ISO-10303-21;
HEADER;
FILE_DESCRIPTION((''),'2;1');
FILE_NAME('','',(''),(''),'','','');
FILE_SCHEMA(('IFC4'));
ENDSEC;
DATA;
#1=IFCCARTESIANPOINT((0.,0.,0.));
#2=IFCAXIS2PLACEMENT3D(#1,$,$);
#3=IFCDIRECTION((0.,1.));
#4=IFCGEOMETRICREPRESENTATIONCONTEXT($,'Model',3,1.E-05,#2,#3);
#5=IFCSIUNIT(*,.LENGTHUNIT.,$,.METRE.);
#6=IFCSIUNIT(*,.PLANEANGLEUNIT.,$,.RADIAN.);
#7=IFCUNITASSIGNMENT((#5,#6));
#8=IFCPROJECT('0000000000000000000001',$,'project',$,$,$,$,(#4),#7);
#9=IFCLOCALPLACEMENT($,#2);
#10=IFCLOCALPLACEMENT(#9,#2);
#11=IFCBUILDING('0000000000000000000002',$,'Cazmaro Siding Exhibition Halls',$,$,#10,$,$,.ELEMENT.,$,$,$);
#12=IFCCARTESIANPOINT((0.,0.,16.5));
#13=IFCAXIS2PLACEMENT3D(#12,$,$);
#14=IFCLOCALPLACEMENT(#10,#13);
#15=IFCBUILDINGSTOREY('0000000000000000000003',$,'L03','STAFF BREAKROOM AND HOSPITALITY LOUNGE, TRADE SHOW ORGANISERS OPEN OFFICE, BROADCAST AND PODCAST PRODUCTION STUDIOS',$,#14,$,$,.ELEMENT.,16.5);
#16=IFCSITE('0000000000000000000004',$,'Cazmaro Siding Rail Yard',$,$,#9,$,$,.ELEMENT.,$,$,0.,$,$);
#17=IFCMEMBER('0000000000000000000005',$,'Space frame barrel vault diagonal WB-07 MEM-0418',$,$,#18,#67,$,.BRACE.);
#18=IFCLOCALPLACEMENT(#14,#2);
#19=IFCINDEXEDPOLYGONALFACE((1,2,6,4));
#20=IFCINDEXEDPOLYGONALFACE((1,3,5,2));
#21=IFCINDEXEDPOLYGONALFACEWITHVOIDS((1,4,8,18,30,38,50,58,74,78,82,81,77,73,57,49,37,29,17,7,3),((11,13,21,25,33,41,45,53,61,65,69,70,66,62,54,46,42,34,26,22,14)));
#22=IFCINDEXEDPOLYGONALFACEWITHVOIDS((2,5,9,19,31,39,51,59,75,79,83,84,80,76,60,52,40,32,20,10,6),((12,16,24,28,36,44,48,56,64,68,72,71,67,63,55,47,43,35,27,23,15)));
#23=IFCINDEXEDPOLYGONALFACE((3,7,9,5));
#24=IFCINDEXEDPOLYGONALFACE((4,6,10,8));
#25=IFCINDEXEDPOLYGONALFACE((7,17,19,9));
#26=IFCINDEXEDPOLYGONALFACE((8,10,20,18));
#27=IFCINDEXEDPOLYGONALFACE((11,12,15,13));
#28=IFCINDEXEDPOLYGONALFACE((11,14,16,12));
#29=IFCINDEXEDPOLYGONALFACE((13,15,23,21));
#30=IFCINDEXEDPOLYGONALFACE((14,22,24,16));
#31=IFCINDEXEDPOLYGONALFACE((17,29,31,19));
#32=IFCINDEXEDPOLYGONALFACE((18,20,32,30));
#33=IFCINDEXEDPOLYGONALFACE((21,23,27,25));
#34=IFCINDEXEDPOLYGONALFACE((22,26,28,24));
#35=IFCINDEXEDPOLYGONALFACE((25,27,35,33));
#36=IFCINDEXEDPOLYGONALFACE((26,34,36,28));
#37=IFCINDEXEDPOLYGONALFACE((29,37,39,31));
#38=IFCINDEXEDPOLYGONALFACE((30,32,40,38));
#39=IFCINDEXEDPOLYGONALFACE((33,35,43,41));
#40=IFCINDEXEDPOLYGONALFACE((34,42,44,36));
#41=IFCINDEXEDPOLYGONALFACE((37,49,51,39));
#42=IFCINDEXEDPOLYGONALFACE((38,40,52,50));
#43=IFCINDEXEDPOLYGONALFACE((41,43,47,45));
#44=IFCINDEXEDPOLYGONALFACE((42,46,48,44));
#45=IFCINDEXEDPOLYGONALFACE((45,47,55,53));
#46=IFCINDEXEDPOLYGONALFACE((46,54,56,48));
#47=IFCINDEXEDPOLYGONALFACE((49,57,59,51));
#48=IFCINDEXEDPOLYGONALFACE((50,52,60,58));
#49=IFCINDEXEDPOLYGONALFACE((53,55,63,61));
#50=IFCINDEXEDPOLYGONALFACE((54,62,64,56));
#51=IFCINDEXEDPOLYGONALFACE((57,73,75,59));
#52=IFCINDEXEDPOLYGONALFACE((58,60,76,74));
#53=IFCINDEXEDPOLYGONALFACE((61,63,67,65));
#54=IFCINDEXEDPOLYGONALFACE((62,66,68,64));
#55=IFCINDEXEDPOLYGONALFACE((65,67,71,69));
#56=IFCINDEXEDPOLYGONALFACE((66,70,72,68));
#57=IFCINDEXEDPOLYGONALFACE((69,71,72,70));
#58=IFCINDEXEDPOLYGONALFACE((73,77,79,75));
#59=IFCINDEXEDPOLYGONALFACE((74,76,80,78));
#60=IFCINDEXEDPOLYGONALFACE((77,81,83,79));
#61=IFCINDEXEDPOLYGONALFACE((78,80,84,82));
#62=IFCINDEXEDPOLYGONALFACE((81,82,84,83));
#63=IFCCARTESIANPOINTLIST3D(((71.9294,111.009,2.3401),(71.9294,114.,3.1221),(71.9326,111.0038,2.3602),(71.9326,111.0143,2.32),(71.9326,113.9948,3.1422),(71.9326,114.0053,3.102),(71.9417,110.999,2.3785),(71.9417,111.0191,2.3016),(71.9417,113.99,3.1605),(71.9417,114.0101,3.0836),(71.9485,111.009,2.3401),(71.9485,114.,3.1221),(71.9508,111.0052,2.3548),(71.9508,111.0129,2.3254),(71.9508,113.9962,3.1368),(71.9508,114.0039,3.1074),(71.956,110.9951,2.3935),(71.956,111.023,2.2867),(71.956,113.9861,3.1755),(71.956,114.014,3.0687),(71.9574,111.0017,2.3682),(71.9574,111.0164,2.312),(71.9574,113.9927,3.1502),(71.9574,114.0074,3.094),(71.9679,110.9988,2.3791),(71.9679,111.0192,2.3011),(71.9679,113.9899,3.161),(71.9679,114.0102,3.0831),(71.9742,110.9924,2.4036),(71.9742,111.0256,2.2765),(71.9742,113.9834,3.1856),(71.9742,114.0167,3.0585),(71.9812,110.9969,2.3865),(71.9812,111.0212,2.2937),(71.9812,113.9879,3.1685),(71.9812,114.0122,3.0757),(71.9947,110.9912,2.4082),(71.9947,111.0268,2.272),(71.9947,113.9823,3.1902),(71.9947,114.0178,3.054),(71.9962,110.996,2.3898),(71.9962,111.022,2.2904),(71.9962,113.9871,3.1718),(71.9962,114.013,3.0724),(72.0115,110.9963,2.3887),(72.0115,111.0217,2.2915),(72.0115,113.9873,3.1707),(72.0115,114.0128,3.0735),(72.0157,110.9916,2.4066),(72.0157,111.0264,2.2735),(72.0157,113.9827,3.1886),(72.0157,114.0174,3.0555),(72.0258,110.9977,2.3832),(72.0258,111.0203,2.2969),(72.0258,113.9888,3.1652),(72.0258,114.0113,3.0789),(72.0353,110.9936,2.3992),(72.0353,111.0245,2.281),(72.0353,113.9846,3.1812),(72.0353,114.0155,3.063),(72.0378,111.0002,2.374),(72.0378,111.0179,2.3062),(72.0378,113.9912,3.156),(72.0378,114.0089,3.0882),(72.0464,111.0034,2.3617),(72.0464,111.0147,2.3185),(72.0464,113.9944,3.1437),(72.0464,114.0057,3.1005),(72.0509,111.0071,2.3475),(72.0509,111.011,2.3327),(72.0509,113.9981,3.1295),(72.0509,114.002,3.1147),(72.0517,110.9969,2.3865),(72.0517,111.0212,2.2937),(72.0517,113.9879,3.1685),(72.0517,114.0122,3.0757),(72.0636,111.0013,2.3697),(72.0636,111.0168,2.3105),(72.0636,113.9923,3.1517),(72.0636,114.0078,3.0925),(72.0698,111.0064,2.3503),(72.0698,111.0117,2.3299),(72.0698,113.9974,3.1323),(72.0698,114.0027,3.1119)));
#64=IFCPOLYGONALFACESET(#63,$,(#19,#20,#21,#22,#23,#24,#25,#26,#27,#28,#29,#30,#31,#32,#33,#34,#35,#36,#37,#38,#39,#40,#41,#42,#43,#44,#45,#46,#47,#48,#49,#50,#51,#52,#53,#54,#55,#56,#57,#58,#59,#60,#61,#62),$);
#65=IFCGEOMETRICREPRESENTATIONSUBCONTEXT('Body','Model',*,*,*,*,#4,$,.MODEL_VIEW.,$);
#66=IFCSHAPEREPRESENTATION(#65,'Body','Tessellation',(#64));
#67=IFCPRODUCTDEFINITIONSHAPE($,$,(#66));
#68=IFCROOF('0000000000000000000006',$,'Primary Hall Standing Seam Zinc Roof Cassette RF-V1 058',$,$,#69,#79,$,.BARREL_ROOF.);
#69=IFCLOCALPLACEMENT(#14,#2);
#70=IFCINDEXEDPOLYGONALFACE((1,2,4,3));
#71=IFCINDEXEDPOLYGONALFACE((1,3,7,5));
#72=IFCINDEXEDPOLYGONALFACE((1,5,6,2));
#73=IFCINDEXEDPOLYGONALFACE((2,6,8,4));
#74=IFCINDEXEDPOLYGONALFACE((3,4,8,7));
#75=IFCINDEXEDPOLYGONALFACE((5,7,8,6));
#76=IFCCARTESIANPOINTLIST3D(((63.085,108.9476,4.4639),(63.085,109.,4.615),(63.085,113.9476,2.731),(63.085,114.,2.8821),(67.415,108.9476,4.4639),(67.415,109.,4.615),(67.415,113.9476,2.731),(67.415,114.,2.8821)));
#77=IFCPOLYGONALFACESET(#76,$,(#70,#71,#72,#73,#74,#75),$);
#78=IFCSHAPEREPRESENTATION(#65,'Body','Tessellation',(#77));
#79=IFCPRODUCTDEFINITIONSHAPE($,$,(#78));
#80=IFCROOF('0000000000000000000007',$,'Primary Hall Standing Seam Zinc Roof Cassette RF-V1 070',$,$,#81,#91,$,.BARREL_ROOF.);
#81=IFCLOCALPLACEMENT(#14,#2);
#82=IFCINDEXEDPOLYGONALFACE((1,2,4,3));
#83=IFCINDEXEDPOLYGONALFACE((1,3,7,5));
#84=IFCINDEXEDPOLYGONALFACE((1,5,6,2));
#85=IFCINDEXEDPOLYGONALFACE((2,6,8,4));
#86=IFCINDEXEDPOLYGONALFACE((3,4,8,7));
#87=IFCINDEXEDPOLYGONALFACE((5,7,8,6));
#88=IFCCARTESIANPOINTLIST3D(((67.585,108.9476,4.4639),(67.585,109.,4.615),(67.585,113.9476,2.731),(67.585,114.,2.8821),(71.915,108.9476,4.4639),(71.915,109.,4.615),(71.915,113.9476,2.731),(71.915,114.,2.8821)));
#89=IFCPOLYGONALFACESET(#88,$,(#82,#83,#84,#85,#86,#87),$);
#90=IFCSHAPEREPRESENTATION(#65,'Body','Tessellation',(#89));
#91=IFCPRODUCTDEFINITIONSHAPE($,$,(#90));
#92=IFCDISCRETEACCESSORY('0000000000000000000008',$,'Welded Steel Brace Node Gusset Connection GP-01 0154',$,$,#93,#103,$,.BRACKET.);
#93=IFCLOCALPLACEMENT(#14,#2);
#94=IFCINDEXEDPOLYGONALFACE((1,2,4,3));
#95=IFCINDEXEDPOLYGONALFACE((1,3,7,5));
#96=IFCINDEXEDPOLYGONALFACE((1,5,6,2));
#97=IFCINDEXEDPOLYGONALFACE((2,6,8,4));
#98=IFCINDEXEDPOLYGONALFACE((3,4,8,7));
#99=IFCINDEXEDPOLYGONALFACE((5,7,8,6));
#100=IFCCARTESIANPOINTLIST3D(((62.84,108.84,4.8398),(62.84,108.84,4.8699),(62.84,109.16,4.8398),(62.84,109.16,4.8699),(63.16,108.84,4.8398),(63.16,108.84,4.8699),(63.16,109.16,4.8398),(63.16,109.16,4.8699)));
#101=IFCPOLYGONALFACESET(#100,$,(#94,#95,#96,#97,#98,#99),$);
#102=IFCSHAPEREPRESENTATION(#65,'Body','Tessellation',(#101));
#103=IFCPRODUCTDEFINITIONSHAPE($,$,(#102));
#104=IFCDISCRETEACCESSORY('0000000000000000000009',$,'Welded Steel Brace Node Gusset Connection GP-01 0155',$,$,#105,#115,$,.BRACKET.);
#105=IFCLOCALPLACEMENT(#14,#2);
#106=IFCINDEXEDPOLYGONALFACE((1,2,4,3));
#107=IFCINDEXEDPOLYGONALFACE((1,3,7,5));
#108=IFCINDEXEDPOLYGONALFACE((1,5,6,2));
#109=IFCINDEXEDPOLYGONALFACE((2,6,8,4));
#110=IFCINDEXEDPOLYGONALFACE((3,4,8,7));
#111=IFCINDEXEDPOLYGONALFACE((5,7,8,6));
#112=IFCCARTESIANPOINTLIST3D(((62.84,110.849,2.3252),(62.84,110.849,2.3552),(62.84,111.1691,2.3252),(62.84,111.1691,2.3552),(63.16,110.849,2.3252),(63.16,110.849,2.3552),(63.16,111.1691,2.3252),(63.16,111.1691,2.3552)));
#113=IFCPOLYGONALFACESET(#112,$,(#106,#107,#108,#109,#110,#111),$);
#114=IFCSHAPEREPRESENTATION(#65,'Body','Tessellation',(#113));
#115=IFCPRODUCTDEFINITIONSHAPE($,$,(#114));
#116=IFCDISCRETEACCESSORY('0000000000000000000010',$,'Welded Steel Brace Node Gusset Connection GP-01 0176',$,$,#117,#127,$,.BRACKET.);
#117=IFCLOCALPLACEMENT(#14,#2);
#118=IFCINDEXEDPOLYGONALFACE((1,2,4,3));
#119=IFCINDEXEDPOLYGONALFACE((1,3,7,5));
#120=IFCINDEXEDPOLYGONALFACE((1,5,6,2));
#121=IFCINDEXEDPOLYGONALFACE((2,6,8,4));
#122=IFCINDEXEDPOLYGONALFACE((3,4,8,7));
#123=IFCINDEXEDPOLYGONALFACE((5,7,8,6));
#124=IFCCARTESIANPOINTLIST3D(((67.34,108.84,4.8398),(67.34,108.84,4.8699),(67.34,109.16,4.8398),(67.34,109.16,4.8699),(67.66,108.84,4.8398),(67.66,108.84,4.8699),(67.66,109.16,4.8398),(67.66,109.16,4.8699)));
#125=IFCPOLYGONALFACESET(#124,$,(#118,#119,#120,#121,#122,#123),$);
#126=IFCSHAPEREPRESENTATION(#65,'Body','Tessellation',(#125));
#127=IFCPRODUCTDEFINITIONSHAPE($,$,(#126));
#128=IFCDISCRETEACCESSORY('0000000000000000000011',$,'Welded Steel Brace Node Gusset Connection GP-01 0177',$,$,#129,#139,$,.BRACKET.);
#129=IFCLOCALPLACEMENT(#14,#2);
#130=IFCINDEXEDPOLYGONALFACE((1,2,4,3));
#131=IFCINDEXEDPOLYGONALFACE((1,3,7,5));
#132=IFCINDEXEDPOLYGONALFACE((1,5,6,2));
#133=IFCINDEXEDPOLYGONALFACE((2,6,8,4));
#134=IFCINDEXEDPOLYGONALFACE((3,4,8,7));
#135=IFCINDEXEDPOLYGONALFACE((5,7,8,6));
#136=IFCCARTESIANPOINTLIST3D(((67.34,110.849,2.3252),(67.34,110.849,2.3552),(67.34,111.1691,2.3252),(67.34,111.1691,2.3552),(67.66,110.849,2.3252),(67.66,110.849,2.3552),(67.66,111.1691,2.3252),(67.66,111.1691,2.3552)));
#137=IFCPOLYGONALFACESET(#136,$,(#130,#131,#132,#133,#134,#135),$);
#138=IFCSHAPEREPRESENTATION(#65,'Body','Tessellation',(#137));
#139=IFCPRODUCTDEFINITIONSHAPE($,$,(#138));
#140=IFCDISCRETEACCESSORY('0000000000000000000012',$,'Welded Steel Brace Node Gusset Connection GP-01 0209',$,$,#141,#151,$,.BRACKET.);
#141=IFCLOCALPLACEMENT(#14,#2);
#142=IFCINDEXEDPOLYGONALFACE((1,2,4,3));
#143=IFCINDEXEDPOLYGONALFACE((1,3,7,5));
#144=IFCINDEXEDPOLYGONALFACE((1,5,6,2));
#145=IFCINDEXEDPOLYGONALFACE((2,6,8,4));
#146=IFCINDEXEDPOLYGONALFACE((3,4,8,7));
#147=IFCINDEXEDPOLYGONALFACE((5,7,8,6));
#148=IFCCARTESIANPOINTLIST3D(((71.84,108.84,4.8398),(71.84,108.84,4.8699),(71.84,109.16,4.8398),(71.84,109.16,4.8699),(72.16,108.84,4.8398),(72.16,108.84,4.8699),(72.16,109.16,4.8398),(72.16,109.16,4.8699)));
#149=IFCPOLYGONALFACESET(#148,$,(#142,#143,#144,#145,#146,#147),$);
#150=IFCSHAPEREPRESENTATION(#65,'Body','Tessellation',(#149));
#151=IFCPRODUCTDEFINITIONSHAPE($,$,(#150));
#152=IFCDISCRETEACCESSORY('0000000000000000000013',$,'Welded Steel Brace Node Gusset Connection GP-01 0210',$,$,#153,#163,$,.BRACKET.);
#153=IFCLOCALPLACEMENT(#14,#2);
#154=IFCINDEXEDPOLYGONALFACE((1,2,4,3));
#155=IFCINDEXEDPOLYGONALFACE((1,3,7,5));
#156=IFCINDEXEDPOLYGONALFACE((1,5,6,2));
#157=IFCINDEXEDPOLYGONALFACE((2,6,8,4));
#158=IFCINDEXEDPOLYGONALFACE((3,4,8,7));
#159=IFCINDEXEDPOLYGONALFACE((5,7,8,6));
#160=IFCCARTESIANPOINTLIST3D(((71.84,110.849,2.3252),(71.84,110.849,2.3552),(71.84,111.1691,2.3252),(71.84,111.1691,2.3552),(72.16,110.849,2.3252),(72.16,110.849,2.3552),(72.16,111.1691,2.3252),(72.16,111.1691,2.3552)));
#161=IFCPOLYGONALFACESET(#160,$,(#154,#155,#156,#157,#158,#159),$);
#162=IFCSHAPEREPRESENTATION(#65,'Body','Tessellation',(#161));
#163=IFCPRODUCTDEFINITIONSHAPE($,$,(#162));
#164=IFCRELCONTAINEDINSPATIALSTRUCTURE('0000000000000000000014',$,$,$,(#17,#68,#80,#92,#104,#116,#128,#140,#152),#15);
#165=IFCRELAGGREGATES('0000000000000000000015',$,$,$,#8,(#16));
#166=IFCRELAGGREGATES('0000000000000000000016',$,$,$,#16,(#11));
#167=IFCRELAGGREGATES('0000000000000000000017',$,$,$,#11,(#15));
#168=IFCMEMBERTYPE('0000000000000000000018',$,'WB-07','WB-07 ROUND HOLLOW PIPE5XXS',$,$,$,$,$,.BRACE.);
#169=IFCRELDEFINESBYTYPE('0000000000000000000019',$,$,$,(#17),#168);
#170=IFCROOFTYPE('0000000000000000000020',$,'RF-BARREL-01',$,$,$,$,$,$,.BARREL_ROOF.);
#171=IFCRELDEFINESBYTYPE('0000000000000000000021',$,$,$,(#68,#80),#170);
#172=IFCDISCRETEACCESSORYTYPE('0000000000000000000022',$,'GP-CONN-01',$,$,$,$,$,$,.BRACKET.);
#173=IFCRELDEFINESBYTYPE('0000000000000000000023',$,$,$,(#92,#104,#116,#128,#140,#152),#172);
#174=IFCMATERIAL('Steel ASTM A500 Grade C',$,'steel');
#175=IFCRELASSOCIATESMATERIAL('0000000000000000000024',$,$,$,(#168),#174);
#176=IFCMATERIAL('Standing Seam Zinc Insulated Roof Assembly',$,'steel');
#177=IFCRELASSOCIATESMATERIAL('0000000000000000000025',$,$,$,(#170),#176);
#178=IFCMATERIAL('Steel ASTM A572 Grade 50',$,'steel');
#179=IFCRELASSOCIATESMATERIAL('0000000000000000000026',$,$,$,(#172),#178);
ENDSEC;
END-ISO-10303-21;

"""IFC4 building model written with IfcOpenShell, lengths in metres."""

from ifc_helpers import new_model, si_unit, direction, frame, origin, origin_2d, place, context, subcontext, project, spatial, polyline, rectangle, hollow_circle, outline, extrude, material, material_profile, profile_set, type_object, element, save


model = new_model("IFC4")

# Units and contexts
model_context = context("Model", 3, precision=1e-05, world=origin(), true_north=direction((0.0, 1.0)))
body_context = subcontext(model_context, "Body", "Model", "MODEL_VIEW")
ifc_project = project(units=[si_unit("LENGTHUNIT", "METRE"), si_unit("PLANEANGLEUNIT", "RADIAN")], contexts=[model_context])

# Site, building, storey
site_placement = place(None, origin())
site = spatial("IfcSite", under=ifc_project, at=site_placement, Name="Cazmaro Siding Rail Yard", CompositionType="ELEMENT", RefElevation=0.0)
building_placement = place(site_placement, origin())
building = spatial("IfcBuilding", under=site, at=building_placement, Name="Cazmaro Siding Exhibition Halls", CompositionType="ELEMENT")
storey_placement = place(building_placement, frame((0.0, 0.0, 16.5)))
storey = spatial("IfcBuildingStorey", under=building, at=storey_placement, Name="L03", Description="STAFF BREAKROOM AND HOSPITALITY LOUNGE, TRADE SHOW ORGANISERS OPEN OFFICE, BROADCAST AND PODCAST PRODUCTION STUDIOS", CompositionType="ELEMENT", Elevation=16.5)

# Member
ifc_material_1 = material(Name="Steel ASTM A500 Grade C", Category="steel")
ifc_material_profile_1 = material_profile(ifc_material_1, hollow_circle(Radius=0.0706, WallThickness=0.019, at=origin_2d()), Name="PIPE5XXS")
ifc_profile_set_1 = profile_set([ifc_material_profile_1], Name="Steel ASTM A500 Grade C")
member_type_1 = type_object("IfcMemberType", Name="WB-07", Description="WB-07 ROUND HOLLOW PIPE5XXS", PredefinedType="BRACE", material=ifc_profile_set_1)
member_1_placement = place(storey_placement, frame((72.0, 111.009, 2.3401), z_axis=(0.0, 0.96748, 0.252946), x_axis=(-1.0, 0.0, 0.0)))
element("IfcMember", 1, at=member_1_placement, inside=storey, type_object=member_type_1, Name="Space frame barrel vault diagonal WB-07 MEM-0418", PredefinedType="BRACE", context=body_context, shape_type="SweptSolid", body=[
    extrude(hollow_circle(Radius=0.0706, WallThickness=0.019, at=origin_2d()), origin(), (0.0, 0.0, 1.0), 3.0916),
])

# Roofs
ifc_material_2 = material(Name="Standing Seam Zinc Insulated Roof Assembly", Category="steel")
roof_type = type_object("IfcRoofType", Name="RF-BARREL-01", PredefinedType="BARREL_ROOF", material=ifc_material_2)
for number, where, z_axis, x_axis, name in (
    (2, (63.085, 109.0, 4.615), (0.0, 0.327472, 0.944861), (1.0, 0.0, 0.0), "Primary Hall Standing Seam Zinc Roof Cassette RF-V1 058"),
    (3, (67.585, 109.0, 4.615), (0.0, 0.327472, 0.944861), (1.0, 0.0, 0.0), "Primary Hall Standing Seam Zinc Roof Cassette RF-V1 070"),
):
    element("IfcRoof", number, at=place(storey_placement, frame(where, z_axis=z_axis, x_axis=x_axis)), inside=storey, type_object=roof_type, Name=name, PredefinedType="BARREL_ROOF", context=body_context, shape_type="SweptSolid", body=[
        extrude(outline(polyline([(0.0, 0.0), (4.3301, 0.0), (4.3301, 5.2918), (0.0, 5.2918), (0.0, 0.0)])), origin(), (0.0, 0.0, -1.0), 0.1599),
    ])

# Discrete accessories
ifc_material_3 = material(Name="Steel ASTM A572 Grade 50", Category="steel")
discrete_accessory_type = type_object("IfcDiscreteAccessoryType", Name="GP-CONN-01", PredefinedType="BRACKET", material=ifc_material_3)
for number, where, z_axis, x_axis, name in (
    (4, (63.0, 109.0, 4.8398), (0.0, 0.0, 1.0), (1.0, 0.0, 0.0), "Welded Steel Brace Node Gusset Connection GP-01 0154"),
    (5, (63.0, 111.009, 2.3252), (0.0, 0.0, 1.0), (1.0, 0.0, 0.0), "Welded Steel Brace Node Gusset Connection GP-01 0155"),
    (6, (67.5, 109.0, 4.8398), (0.0, 0.0, 1.0), (1.0, 0.0, 0.0), "Welded Steel Brace Node Gusset Connection GP-01 0176"),
    (7, (67.5, 111.009, 2.3252), (0.0, 0.0, 1.0), (1.0, 0.0, 0.0), "Welded Steel Brace Node Gusset Connection GP-01 0177"),
    (8, (72.0, 109.0, 4.8398), (0.0, 0.0, 1.0), (1.0, 0.0, 0.0), "Welded Steel Brace Node Gusset Connection GP-01 0209"),
    (9, (72.0, 111.009, 2.3252), (0.0, 0.0, 1.0), (1.0, 0.0, 0.0), "Welded Steel Brace Node Gusset Connection GP-01 0210"),
):
    element("IfcDiscreteAccessory", number, at=place(storey_placement, frame(where, z_axis=z_axis, x_axis=x_axis)), inside=storey, type_object=discrete_accessory_type, Name=name, PredefinedType="BRACKET", context=body_context, shape_type="SweptSolid", body=[
        extrude(rectangle(XDim=0.3201, YDim=0.3201, at=origin_2d()), origin(), (0.0, 0.0, 1.0), 0.03),
    ])

save(model, "model.ifc")
